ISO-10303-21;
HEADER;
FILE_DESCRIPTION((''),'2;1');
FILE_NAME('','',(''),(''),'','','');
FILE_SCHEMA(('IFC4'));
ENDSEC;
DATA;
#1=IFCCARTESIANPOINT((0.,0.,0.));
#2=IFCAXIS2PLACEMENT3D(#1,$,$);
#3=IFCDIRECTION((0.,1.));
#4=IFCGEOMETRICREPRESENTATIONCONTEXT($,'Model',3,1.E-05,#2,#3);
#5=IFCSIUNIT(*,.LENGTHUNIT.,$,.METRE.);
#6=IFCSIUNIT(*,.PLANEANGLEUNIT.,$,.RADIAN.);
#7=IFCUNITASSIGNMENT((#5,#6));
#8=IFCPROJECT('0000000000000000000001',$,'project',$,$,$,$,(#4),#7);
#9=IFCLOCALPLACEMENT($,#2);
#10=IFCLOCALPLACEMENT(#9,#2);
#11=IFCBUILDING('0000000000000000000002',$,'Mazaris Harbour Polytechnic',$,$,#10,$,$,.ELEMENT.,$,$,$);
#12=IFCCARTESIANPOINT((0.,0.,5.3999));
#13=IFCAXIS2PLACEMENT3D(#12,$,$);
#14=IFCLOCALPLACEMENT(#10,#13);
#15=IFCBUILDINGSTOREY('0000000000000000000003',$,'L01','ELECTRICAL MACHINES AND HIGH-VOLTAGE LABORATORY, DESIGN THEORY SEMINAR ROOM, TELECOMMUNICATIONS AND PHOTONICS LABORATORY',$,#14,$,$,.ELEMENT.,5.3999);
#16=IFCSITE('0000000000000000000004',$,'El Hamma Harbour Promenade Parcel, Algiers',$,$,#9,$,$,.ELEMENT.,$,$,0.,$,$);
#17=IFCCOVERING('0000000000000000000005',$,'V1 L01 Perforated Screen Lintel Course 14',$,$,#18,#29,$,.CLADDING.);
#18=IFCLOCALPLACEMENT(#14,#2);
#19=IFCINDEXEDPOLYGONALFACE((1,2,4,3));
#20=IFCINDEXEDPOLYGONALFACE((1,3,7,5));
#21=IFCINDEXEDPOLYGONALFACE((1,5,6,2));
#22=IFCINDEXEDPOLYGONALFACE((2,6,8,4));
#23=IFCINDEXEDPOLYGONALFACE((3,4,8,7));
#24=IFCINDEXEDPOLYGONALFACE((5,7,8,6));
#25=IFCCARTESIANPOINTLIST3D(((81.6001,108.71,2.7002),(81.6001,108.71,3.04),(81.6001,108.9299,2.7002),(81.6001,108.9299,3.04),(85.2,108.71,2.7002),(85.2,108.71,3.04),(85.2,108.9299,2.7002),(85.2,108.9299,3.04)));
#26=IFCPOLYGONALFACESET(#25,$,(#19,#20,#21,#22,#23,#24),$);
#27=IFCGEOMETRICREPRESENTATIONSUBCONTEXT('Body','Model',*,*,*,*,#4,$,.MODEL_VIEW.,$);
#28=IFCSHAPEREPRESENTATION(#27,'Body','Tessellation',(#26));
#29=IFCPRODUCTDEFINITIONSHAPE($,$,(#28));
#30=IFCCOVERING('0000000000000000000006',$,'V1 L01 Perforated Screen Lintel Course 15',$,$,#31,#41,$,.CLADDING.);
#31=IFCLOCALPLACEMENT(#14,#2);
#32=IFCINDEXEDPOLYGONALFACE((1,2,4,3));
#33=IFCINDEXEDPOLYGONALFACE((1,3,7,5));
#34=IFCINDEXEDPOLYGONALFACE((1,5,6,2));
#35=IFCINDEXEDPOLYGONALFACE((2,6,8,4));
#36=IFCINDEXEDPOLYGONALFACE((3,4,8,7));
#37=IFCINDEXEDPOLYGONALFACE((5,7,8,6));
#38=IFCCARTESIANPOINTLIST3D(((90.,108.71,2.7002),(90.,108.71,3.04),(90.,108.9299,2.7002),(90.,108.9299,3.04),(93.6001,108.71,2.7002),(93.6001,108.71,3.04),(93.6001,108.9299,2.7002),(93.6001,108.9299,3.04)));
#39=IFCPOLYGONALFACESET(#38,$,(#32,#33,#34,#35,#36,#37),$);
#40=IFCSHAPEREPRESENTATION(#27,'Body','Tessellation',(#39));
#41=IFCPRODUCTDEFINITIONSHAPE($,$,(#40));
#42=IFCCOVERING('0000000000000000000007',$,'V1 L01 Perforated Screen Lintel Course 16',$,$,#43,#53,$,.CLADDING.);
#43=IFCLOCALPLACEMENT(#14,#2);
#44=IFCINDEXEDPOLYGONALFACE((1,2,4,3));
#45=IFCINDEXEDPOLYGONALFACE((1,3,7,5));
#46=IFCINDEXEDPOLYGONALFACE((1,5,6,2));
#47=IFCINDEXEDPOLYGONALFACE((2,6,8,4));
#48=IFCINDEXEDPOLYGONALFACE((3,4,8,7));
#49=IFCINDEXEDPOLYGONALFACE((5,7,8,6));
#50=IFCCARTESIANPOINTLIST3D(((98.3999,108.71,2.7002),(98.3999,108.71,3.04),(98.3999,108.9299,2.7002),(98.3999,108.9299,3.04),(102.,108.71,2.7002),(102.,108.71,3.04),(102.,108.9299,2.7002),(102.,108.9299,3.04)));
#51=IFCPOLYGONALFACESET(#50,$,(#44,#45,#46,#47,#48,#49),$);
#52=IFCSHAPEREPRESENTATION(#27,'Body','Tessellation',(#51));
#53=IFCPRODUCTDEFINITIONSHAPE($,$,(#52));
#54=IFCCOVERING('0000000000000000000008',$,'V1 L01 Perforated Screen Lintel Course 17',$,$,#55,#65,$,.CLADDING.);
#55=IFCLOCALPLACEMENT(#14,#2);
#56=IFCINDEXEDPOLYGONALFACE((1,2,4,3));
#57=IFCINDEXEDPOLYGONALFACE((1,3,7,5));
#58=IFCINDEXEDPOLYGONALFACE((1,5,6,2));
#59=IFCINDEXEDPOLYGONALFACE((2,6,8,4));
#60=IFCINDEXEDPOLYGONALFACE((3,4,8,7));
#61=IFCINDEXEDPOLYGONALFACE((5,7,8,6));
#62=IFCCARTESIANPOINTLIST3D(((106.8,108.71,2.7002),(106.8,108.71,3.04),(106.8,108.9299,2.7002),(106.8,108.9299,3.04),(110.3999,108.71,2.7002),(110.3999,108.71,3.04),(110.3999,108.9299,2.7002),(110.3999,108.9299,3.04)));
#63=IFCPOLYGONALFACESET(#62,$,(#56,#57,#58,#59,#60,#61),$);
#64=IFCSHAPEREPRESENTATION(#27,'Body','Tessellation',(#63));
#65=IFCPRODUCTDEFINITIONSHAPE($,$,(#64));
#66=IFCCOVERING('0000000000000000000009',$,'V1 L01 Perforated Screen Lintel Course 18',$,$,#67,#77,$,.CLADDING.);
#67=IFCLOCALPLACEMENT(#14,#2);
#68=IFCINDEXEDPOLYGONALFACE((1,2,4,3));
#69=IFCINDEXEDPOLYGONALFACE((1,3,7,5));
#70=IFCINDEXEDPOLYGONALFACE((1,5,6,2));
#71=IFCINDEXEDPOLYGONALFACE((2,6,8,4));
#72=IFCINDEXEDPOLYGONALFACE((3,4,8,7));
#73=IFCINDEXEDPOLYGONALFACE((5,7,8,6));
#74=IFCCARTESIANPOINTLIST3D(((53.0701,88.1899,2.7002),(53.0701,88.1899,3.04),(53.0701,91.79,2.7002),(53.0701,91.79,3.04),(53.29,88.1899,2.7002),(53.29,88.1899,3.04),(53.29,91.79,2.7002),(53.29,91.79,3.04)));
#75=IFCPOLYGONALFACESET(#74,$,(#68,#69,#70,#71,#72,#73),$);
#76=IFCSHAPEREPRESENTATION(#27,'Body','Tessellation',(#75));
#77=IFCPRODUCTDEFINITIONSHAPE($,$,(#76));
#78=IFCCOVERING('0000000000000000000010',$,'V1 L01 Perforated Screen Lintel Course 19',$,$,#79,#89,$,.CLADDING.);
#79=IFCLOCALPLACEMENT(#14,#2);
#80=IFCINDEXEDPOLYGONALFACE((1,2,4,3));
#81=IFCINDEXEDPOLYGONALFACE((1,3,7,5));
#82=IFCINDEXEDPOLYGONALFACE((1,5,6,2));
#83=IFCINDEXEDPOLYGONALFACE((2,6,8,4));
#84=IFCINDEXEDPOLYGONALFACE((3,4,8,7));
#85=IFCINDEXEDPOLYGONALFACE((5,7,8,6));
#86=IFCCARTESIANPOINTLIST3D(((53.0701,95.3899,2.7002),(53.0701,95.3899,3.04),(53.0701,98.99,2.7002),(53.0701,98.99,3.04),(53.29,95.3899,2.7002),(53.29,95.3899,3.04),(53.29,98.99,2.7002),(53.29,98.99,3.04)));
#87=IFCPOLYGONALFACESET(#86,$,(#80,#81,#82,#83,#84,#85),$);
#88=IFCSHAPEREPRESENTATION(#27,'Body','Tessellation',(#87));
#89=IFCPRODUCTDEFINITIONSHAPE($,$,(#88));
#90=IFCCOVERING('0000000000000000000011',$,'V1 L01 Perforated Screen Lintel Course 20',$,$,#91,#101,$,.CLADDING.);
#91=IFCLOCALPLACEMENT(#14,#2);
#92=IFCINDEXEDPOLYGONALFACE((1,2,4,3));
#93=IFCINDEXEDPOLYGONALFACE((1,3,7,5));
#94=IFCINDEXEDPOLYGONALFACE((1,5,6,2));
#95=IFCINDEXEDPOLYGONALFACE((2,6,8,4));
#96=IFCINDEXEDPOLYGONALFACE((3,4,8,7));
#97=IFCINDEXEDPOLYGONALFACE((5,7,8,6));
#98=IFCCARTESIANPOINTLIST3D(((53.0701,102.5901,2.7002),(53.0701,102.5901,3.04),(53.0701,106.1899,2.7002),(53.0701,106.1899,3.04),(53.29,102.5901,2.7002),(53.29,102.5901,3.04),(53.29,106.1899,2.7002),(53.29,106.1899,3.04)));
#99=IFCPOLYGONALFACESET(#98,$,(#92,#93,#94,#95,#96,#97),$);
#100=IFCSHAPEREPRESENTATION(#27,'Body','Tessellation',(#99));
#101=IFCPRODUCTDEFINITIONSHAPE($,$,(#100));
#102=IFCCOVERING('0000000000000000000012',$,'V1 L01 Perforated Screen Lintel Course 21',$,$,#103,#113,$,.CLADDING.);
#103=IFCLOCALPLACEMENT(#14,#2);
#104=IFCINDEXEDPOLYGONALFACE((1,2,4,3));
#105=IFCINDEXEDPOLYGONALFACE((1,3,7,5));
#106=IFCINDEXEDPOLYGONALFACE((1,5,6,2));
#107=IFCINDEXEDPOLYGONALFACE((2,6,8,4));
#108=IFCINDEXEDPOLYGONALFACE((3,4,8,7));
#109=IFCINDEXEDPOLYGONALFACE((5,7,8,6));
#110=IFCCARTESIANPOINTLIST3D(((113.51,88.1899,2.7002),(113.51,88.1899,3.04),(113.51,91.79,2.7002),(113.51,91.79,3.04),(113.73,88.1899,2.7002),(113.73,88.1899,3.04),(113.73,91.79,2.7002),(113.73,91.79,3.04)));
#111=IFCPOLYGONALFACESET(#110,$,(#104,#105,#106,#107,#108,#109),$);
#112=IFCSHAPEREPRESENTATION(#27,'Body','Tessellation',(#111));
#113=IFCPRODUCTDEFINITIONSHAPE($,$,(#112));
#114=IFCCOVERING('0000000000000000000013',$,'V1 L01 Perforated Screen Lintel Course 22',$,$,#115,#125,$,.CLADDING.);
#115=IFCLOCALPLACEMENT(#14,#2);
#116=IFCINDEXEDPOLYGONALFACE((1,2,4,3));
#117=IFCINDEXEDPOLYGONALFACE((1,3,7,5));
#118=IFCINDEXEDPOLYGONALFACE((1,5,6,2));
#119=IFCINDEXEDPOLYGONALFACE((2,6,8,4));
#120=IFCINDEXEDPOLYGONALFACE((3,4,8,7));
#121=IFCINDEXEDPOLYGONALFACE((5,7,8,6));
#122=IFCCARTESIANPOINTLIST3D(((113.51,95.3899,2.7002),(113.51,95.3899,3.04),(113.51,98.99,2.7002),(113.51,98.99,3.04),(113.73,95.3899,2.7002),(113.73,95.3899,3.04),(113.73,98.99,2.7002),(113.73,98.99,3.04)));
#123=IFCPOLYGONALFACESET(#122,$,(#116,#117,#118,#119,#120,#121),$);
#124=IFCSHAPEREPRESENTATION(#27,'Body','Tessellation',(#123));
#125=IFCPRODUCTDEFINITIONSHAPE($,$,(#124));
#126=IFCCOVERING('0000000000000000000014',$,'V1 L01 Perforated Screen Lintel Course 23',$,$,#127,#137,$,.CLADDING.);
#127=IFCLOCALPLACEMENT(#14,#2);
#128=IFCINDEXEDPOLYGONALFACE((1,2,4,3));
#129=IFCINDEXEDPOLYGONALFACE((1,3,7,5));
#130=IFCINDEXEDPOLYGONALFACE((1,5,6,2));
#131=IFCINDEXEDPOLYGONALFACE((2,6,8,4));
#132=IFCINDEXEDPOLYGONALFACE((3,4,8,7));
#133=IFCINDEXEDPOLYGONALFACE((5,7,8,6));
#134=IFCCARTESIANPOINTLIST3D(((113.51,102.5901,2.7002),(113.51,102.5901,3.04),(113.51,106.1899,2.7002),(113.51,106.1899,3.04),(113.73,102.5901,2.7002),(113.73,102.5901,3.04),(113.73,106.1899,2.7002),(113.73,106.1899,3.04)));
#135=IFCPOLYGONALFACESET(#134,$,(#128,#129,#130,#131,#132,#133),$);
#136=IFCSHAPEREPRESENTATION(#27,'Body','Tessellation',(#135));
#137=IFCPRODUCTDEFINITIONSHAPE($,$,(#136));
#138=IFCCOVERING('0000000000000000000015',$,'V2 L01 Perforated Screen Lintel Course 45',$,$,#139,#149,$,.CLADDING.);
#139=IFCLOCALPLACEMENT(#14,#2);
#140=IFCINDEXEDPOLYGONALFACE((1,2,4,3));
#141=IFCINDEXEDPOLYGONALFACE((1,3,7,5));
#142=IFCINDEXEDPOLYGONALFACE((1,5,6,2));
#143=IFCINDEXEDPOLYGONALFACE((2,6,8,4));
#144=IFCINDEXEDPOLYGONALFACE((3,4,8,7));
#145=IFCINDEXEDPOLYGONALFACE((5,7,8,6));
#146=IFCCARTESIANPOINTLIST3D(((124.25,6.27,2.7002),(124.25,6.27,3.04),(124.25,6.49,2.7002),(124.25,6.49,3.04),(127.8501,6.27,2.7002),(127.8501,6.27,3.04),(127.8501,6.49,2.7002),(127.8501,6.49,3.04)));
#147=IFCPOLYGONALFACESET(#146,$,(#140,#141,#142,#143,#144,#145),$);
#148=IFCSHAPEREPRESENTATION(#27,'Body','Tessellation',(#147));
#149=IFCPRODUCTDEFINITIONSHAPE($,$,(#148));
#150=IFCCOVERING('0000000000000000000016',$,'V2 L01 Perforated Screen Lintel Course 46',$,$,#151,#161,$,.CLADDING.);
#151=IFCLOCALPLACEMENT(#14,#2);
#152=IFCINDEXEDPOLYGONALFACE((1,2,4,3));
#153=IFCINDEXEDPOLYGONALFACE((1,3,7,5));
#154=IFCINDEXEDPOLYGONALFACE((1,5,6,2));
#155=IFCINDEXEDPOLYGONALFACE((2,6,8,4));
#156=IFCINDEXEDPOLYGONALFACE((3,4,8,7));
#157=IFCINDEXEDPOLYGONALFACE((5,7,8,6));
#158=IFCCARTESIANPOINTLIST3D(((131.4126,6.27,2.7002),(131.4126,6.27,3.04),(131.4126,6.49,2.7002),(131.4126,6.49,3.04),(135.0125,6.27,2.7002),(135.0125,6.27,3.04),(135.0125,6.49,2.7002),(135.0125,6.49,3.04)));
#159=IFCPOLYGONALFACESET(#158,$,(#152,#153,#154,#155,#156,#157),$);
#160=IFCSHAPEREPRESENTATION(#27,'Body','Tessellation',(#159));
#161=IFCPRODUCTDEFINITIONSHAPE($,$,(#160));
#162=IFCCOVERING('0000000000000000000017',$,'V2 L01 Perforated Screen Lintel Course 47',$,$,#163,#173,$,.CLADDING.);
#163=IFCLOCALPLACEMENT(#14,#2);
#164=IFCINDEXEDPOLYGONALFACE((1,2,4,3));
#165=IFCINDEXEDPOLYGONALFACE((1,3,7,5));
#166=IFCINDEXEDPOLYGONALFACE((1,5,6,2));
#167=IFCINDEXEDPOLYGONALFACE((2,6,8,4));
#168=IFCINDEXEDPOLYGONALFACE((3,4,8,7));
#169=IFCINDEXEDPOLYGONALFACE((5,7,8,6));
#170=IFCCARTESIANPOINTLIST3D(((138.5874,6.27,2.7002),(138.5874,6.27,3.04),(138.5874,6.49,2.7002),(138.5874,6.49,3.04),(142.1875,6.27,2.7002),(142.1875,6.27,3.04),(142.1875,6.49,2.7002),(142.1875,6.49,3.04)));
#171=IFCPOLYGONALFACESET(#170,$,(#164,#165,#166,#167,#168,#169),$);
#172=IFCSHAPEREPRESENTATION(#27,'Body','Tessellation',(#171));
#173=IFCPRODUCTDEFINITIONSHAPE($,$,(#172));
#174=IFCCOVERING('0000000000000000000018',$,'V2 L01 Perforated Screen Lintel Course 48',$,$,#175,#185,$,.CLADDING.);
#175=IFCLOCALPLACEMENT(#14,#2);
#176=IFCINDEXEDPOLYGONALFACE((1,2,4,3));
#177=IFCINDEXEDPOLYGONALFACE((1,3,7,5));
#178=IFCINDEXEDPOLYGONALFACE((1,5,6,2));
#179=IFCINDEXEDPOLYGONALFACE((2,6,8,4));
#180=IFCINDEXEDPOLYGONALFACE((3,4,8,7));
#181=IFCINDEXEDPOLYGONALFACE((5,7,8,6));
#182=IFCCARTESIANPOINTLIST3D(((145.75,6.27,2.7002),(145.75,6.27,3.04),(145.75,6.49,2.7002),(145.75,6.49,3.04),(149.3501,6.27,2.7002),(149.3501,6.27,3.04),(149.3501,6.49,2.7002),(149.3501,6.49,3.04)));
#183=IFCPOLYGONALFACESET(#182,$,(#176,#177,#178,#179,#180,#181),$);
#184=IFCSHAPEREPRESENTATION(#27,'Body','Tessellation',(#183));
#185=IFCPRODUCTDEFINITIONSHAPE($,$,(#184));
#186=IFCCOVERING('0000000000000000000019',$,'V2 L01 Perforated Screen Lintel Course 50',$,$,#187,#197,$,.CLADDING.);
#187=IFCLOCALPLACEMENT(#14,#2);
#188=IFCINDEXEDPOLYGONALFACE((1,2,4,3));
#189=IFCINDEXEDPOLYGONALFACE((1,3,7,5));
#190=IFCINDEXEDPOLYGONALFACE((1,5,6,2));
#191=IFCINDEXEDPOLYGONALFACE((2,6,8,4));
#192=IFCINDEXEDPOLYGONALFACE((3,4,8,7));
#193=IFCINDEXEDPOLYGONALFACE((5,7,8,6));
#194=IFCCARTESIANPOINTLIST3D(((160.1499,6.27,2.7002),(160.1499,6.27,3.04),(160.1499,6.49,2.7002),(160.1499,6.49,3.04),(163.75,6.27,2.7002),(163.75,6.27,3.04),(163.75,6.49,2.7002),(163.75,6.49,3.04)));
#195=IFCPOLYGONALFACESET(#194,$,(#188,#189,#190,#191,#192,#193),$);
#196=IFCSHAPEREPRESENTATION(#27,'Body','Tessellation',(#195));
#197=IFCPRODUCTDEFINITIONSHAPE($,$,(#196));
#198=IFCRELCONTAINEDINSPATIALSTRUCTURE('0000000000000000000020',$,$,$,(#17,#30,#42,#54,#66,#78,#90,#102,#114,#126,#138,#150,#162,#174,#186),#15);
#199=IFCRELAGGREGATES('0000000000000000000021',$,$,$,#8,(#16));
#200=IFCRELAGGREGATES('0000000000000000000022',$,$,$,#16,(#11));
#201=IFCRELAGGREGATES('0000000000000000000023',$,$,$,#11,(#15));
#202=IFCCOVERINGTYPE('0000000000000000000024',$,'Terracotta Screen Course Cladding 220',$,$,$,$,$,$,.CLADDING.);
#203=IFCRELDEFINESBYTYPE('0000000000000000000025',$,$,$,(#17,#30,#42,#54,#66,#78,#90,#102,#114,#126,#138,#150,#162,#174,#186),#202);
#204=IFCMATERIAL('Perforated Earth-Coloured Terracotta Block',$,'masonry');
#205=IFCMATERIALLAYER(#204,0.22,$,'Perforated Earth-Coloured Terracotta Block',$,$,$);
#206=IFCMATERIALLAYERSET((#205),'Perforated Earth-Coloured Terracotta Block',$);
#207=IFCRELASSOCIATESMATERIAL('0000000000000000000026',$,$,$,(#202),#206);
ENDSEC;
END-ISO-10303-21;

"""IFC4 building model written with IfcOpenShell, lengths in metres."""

from ifc_helpers import new_model, si_unit, direction, frame, origin, place, context, subcontext, project, spatial, polyline, outline, extrude, material, layer, layer_set, type_object, element, save


model = new_model("IFC4")

# Units and contexts
model_context = context("Model", 3, precision=1e-05, world=origin(), true_north=direction((0.0, 1.0)))
body_context = subcontext(model_context, "Body", "Model", "MODEL_VIEW")
ifc_project = project(units=[si_unit("LENGTHUNIT", "METRE"), si_unit("PLANEANGLEUNIT", "RADIAN")], contexts=[model_context])

# Site, building, storey
site_placement = place(None, origin())
site = spatial("IfcSite", under=ifc_project, at=site_placement, Name="El Hamma Harbour Promenade Parcel, Algiers", CompositionType="ELEMENT", RefElevation=0.0)
building_placement = place(site_placement, origin())
building = spatial("IfcBuilding", under=site, at=building_placement, Name="Mazaris Harbour Polytechnic", CompositionType="ELEMENT")
storey_placement = place(building_placement, frame((0.0, 0.0, 5.3999)))
storey = spatial("IfcBuildingStorey", under=building, at=storey_placement, Name="L01", Description="ELECTRICAL MACHINES AND HIGH-VOLTAGE LABORATORY, DESIGN THEORY SEMINAR ROOM, TELECOMMUNICATIONS AND PHOTONICS LABORATORY", CompositionType="ELEMENT", Elevation=5.3999)

# Coverings
ifc_material = material(Name="Perforated Earth-Coloured Terracotta Block", Category="masonry")
ifc_layer = layer(ifc_material, 0.22, Name="Perforated Earth-Coloured Terracotta Block")
ifc_layer_set = layer_set([ifc_layer], Name="Perforated Earth-Coloured Terracotta Block")
covering_type = type_object("IfcCoveringType", Name="Terracotta Screen Course Cladding 220", PredefinedType="CLADDING", material=ifc_layer_set)
covering_1_placement = place(storey_placement, frame((0.0, 0.0, 2.7002)))
element("IfcCovering", 1, at=covering_1_placement, inside=storey, type_object=covering_type, Name="V1 L01 Perforated Screen Lintel Course 14", PredefinedType="CLADDING", context=body_context, shape_type="SweptSolid", body=[
    extrude(outline(polyline([(81.6001, 108.71), (85.2, 108.71), (85.2, 108.9299), (81.6001, 108.9299), (81.6001, 108.71)])), origin(), (0.0, 0.0, 1.0), 0.3398),
])
covering_2_placement = place(storey_placement, frame((0.0, 0.0, 2.7002)))
element("IfcCovering", 2, at=covering_2_placement, inside=storey, type_object=covering_type, Name="V1 L01 Perforated Screen Lintel Course 15", PredefinedType="CLADDING", context=body_context, shape_type="SweptSolid", body=[
    extrude(outline(polyline([(90.0, 108.71), (93.6001, 108.71), (93.6001, 108.9299), (90.0, 108.9299), (90.0, 108.71)])), origin(), (0.0, 0.0, 1.0), 0.3398),
])
covering_3_placement = place(storey_placement, frame((0.0, 0.0, 2.7002)))
element("IfcCovering", 3, at=covering_3_placement, inside=storey, type_object=covering_type, Name="V1 L01 Perforated Screen Lintel Course 16", PredefinedType="CLADDING", context=body_context, shape_type="SweptSolid", body=[
    extrude(outline(polyline([(98.3999, 108.71), (102.0, 108.71), (102.0, 108.9299), (98.3999, 108.9299), (98.3999, 108.71)])), origin(), (0.0, 0.0, 1.0), 0.3398),
])
covering_4_placement = place(storey_placement, frame((0.0, 0.0, 2.7002)))
element("IfcCovering", 4, at=covering_4_placement, inside=storey, type_object=covering_type, Name="V1 L01 Perforated Screen Lintel Course 17", PredefinedType="CLADDING", context=body_context, shape_type="SweptSolid", body=[
    extrude(outline(polyline([(106.8, 108.71), (110.3999, 108.71), (110.3999, 108.9299), (106.8, 108.9299), (106.8, 108.71)])), origin(), (0.0, 0.0, 1.0), 0.3398),
])
covering_5_placement = place(storey_placement, frame((0.0, 0.0, 2.7002)))
element("IfcCovering", 5, at=covering_5_placement, inside=storey, type_object=covering_type, Name="V1 L01 Perforated Screen Lintel Course 18", PredefinedType="CLADDING", context=body_context, shape_type="SweptSolid", body=[
    extrude(outline(polyline([(53.29, 88.1899), (53.29, 91.79), (53.0701, 91.79), (53.0701, 88.1899), (53.29, 88.1899)])), origin(), (0.0, 0.0, 1.0), 0.3398),
])
covering_6_placement = place(storey_placement, frame((0.0, 0.0, 2.7002)))
element("IfcCovering", 6, at=covering_6_placement, inside=storey, type_object=covering_type, Name="V1 L01 Perforated Screen Lintel Course 19", PredefinedType="CLADDING", context=body_context, shape_type="SweptSolid", body=[
    extrude(outline(polyline([(53.29, 95.3899), (53.29, 98.99), (53.0701, 98.99), (53.0701, 95.3899), (53.29, 95.3899)])), origin(), (0.0, 0.0, 1.0), 0.3398),
])
covering_7_placement = place(storey_placement, frame((0.0, 0.0, 2.7002)))
element("IfcCovering", 7, at=covering_7_placement, inside=storey, type_object=covering_type, Name="V1 L01 Perforated Screen Lintel Course 20", PredefinedType="CLADDING", context=body_context, shape_type="SweptSolid", body=[
    extrude(outline(polyline([(53.29, 102.5901), (53.29, 106.1899), (53.0701, 106.1899), (53.0701, 102.5901), (53.29, 102.5901)])), origin(), (0.0, 0.0, 1.0), 0.3398),
])
covering_8_placement = place(storey_placement, frame((0.0, 0.0, 2.7002)))
element("IfcCovering", 8, at=covering_8_placement, inside=storey, type_object=covering_type, Name="V1 L01 Perforated Screen Lintel Course 21", PredefinedType="CLADDING", context=body_context, shape_type="SweptSolid", body=[
    extrude(outline(polyline([(113.51, 91.79), (113.51, 88.1899), (113.73, 88.1899), (113.73, 91.79), (113.51, 91.79)])), origin(), (0.0, 0.0, 1.0), 0.3398),
])
covering_9_placement = place(storey_placement, frame((0.0, 0.0, 2.7002)))
element("IfcCovering", 9, at=covering_9_placement, inside=storey, type_object=covering_type, Name="V1 L01 Perforated Screen Lintel Course 22", PredefinedType="CLADDING", context=body_context, shape_type="SweptSolid", body=[
    extrude(outline(polyline([(113.51, 98.99), (113.51, 95.3899), (113.73, 95.3899), (113.73, 98.99), (113.51, 98.99)])), origin(), (0.0, 0.0, 1.0), 0.3398),
])
covering_10_placement = place(storey_placement, frame((0.0, 0.0, 2.7002)))
element("IfcCovering", 10, at=covering_10_placement, inside=storey, type_object=covering_type, Name="V1 L01 Perforated Screen Lintel Course 23", PredefinedType="CLADDING", context=body_context, shape_type="SweptSolid", body=[
    extrude(outline(polyline([(113.51, 106.1899), (113.51, 102.5901), (113.73, 102.5901), (113.73, 106.1899), (113.51, 106.1899)])), origin(), (0.0, 0.0, 1.0), 0.3398),
])
covering_11_placement = place(storey_placement, frame((0.0, 0.0, 2.7002)))
element("IfcCovering", 11, at=covering_11_placement, inside=storey, type_object=covering_type, Name="V2 L01 Perforated Screen Lintel Course 45", PredefinedType="CLADDING", context=body_context, shape_type="SweptSolid", body=[
    extrude(outline(polyline([(127.8501, 6.49), (124.25, 6.49), (124.25, 6.27), (127.8501, 6.27), (127.8501, 6.49)])), origin(), (0.0, 0.0, 1.0), 0.3398),
])
covering_12_placement = place(storey_placement, frame((0.0, 0.0, 2.7002)))
element("IfcCovering", 12, at=covering_12_placement, inside=storey, type_object=covering_type, Name="V2 L01 Perforated Screen Lintel Course 46", PredefinedType="CLADDING", context=body_context, shape_type="SweptSolid", body=[
    extrude(outline(polyline([(135.0125, 6.49), (131.4126, 6.49), (131.4126, 6.27), (135.0125, 6.27), (135.0125, 6.49)])), origin(), (0.0, 0.0, 1.0), 0.3398),
])
covering_13_placement = place(storey_placement, frame((0.0, 0.0, 2.7002)))
element("IfcCovering", 13, at=covering_13_placement, inside=storey, type_object=covering_type, Name="V2 L01 Perforated Screen Lintel Course 47", PredefinedType="CLADDING", context=body_context, shape_type="SweptSolid", body=[
    extrude(outline(polyline([(142.1875, 6.49), (138.5874, 6.49), (138.5874, 6.27), (142.1875, 6.27), (142.1875, 6.49)])), origin(), (0.0, 0.0, 1.0), 0.3398),
])
covering_14_placement = place(storey_placement, frame((0.0, 0.0, 2.7002)))
element("IfcCovering", 14, at=covering_14_placement, inside=storey, type_object=covering_type, Name="V2 L01 Perforated Screen Lintel Course 48", PredefinedType="CLADDING", context=body_context, shape_type="SweptSolid", body=[
    extrude(outline(polyline([(149.3501, 6.49), (145.75, 6.49), (145.75, 6.27), (149.3501, 6.27), (149.3501, 6.49)])), origin(), (0.0, 0.0, 1.0), 0.3398),
])
covering_15_placement = place(storey_placement, frame((0.0, 0.0, 2.7002)))
element("IfcCovering", 15, at=covering_15_placement, inside=storey, type_object=covering_type, Name="V2 L01 Perforated Screen Lintel Course 50", PredefinedType="CLADDING", context=body_context, shape_type="SweptSolid", body=[
    extrude(outline(polyline([(163.75, 6.49), (160.1499, 6.49), (160.1499, 6.27), (163.75, 6.27), (163.75, 6.49)])), origin(), (0.0, 0.0, 1.0), 0.3398),
])

save(model, "model.ifc")
